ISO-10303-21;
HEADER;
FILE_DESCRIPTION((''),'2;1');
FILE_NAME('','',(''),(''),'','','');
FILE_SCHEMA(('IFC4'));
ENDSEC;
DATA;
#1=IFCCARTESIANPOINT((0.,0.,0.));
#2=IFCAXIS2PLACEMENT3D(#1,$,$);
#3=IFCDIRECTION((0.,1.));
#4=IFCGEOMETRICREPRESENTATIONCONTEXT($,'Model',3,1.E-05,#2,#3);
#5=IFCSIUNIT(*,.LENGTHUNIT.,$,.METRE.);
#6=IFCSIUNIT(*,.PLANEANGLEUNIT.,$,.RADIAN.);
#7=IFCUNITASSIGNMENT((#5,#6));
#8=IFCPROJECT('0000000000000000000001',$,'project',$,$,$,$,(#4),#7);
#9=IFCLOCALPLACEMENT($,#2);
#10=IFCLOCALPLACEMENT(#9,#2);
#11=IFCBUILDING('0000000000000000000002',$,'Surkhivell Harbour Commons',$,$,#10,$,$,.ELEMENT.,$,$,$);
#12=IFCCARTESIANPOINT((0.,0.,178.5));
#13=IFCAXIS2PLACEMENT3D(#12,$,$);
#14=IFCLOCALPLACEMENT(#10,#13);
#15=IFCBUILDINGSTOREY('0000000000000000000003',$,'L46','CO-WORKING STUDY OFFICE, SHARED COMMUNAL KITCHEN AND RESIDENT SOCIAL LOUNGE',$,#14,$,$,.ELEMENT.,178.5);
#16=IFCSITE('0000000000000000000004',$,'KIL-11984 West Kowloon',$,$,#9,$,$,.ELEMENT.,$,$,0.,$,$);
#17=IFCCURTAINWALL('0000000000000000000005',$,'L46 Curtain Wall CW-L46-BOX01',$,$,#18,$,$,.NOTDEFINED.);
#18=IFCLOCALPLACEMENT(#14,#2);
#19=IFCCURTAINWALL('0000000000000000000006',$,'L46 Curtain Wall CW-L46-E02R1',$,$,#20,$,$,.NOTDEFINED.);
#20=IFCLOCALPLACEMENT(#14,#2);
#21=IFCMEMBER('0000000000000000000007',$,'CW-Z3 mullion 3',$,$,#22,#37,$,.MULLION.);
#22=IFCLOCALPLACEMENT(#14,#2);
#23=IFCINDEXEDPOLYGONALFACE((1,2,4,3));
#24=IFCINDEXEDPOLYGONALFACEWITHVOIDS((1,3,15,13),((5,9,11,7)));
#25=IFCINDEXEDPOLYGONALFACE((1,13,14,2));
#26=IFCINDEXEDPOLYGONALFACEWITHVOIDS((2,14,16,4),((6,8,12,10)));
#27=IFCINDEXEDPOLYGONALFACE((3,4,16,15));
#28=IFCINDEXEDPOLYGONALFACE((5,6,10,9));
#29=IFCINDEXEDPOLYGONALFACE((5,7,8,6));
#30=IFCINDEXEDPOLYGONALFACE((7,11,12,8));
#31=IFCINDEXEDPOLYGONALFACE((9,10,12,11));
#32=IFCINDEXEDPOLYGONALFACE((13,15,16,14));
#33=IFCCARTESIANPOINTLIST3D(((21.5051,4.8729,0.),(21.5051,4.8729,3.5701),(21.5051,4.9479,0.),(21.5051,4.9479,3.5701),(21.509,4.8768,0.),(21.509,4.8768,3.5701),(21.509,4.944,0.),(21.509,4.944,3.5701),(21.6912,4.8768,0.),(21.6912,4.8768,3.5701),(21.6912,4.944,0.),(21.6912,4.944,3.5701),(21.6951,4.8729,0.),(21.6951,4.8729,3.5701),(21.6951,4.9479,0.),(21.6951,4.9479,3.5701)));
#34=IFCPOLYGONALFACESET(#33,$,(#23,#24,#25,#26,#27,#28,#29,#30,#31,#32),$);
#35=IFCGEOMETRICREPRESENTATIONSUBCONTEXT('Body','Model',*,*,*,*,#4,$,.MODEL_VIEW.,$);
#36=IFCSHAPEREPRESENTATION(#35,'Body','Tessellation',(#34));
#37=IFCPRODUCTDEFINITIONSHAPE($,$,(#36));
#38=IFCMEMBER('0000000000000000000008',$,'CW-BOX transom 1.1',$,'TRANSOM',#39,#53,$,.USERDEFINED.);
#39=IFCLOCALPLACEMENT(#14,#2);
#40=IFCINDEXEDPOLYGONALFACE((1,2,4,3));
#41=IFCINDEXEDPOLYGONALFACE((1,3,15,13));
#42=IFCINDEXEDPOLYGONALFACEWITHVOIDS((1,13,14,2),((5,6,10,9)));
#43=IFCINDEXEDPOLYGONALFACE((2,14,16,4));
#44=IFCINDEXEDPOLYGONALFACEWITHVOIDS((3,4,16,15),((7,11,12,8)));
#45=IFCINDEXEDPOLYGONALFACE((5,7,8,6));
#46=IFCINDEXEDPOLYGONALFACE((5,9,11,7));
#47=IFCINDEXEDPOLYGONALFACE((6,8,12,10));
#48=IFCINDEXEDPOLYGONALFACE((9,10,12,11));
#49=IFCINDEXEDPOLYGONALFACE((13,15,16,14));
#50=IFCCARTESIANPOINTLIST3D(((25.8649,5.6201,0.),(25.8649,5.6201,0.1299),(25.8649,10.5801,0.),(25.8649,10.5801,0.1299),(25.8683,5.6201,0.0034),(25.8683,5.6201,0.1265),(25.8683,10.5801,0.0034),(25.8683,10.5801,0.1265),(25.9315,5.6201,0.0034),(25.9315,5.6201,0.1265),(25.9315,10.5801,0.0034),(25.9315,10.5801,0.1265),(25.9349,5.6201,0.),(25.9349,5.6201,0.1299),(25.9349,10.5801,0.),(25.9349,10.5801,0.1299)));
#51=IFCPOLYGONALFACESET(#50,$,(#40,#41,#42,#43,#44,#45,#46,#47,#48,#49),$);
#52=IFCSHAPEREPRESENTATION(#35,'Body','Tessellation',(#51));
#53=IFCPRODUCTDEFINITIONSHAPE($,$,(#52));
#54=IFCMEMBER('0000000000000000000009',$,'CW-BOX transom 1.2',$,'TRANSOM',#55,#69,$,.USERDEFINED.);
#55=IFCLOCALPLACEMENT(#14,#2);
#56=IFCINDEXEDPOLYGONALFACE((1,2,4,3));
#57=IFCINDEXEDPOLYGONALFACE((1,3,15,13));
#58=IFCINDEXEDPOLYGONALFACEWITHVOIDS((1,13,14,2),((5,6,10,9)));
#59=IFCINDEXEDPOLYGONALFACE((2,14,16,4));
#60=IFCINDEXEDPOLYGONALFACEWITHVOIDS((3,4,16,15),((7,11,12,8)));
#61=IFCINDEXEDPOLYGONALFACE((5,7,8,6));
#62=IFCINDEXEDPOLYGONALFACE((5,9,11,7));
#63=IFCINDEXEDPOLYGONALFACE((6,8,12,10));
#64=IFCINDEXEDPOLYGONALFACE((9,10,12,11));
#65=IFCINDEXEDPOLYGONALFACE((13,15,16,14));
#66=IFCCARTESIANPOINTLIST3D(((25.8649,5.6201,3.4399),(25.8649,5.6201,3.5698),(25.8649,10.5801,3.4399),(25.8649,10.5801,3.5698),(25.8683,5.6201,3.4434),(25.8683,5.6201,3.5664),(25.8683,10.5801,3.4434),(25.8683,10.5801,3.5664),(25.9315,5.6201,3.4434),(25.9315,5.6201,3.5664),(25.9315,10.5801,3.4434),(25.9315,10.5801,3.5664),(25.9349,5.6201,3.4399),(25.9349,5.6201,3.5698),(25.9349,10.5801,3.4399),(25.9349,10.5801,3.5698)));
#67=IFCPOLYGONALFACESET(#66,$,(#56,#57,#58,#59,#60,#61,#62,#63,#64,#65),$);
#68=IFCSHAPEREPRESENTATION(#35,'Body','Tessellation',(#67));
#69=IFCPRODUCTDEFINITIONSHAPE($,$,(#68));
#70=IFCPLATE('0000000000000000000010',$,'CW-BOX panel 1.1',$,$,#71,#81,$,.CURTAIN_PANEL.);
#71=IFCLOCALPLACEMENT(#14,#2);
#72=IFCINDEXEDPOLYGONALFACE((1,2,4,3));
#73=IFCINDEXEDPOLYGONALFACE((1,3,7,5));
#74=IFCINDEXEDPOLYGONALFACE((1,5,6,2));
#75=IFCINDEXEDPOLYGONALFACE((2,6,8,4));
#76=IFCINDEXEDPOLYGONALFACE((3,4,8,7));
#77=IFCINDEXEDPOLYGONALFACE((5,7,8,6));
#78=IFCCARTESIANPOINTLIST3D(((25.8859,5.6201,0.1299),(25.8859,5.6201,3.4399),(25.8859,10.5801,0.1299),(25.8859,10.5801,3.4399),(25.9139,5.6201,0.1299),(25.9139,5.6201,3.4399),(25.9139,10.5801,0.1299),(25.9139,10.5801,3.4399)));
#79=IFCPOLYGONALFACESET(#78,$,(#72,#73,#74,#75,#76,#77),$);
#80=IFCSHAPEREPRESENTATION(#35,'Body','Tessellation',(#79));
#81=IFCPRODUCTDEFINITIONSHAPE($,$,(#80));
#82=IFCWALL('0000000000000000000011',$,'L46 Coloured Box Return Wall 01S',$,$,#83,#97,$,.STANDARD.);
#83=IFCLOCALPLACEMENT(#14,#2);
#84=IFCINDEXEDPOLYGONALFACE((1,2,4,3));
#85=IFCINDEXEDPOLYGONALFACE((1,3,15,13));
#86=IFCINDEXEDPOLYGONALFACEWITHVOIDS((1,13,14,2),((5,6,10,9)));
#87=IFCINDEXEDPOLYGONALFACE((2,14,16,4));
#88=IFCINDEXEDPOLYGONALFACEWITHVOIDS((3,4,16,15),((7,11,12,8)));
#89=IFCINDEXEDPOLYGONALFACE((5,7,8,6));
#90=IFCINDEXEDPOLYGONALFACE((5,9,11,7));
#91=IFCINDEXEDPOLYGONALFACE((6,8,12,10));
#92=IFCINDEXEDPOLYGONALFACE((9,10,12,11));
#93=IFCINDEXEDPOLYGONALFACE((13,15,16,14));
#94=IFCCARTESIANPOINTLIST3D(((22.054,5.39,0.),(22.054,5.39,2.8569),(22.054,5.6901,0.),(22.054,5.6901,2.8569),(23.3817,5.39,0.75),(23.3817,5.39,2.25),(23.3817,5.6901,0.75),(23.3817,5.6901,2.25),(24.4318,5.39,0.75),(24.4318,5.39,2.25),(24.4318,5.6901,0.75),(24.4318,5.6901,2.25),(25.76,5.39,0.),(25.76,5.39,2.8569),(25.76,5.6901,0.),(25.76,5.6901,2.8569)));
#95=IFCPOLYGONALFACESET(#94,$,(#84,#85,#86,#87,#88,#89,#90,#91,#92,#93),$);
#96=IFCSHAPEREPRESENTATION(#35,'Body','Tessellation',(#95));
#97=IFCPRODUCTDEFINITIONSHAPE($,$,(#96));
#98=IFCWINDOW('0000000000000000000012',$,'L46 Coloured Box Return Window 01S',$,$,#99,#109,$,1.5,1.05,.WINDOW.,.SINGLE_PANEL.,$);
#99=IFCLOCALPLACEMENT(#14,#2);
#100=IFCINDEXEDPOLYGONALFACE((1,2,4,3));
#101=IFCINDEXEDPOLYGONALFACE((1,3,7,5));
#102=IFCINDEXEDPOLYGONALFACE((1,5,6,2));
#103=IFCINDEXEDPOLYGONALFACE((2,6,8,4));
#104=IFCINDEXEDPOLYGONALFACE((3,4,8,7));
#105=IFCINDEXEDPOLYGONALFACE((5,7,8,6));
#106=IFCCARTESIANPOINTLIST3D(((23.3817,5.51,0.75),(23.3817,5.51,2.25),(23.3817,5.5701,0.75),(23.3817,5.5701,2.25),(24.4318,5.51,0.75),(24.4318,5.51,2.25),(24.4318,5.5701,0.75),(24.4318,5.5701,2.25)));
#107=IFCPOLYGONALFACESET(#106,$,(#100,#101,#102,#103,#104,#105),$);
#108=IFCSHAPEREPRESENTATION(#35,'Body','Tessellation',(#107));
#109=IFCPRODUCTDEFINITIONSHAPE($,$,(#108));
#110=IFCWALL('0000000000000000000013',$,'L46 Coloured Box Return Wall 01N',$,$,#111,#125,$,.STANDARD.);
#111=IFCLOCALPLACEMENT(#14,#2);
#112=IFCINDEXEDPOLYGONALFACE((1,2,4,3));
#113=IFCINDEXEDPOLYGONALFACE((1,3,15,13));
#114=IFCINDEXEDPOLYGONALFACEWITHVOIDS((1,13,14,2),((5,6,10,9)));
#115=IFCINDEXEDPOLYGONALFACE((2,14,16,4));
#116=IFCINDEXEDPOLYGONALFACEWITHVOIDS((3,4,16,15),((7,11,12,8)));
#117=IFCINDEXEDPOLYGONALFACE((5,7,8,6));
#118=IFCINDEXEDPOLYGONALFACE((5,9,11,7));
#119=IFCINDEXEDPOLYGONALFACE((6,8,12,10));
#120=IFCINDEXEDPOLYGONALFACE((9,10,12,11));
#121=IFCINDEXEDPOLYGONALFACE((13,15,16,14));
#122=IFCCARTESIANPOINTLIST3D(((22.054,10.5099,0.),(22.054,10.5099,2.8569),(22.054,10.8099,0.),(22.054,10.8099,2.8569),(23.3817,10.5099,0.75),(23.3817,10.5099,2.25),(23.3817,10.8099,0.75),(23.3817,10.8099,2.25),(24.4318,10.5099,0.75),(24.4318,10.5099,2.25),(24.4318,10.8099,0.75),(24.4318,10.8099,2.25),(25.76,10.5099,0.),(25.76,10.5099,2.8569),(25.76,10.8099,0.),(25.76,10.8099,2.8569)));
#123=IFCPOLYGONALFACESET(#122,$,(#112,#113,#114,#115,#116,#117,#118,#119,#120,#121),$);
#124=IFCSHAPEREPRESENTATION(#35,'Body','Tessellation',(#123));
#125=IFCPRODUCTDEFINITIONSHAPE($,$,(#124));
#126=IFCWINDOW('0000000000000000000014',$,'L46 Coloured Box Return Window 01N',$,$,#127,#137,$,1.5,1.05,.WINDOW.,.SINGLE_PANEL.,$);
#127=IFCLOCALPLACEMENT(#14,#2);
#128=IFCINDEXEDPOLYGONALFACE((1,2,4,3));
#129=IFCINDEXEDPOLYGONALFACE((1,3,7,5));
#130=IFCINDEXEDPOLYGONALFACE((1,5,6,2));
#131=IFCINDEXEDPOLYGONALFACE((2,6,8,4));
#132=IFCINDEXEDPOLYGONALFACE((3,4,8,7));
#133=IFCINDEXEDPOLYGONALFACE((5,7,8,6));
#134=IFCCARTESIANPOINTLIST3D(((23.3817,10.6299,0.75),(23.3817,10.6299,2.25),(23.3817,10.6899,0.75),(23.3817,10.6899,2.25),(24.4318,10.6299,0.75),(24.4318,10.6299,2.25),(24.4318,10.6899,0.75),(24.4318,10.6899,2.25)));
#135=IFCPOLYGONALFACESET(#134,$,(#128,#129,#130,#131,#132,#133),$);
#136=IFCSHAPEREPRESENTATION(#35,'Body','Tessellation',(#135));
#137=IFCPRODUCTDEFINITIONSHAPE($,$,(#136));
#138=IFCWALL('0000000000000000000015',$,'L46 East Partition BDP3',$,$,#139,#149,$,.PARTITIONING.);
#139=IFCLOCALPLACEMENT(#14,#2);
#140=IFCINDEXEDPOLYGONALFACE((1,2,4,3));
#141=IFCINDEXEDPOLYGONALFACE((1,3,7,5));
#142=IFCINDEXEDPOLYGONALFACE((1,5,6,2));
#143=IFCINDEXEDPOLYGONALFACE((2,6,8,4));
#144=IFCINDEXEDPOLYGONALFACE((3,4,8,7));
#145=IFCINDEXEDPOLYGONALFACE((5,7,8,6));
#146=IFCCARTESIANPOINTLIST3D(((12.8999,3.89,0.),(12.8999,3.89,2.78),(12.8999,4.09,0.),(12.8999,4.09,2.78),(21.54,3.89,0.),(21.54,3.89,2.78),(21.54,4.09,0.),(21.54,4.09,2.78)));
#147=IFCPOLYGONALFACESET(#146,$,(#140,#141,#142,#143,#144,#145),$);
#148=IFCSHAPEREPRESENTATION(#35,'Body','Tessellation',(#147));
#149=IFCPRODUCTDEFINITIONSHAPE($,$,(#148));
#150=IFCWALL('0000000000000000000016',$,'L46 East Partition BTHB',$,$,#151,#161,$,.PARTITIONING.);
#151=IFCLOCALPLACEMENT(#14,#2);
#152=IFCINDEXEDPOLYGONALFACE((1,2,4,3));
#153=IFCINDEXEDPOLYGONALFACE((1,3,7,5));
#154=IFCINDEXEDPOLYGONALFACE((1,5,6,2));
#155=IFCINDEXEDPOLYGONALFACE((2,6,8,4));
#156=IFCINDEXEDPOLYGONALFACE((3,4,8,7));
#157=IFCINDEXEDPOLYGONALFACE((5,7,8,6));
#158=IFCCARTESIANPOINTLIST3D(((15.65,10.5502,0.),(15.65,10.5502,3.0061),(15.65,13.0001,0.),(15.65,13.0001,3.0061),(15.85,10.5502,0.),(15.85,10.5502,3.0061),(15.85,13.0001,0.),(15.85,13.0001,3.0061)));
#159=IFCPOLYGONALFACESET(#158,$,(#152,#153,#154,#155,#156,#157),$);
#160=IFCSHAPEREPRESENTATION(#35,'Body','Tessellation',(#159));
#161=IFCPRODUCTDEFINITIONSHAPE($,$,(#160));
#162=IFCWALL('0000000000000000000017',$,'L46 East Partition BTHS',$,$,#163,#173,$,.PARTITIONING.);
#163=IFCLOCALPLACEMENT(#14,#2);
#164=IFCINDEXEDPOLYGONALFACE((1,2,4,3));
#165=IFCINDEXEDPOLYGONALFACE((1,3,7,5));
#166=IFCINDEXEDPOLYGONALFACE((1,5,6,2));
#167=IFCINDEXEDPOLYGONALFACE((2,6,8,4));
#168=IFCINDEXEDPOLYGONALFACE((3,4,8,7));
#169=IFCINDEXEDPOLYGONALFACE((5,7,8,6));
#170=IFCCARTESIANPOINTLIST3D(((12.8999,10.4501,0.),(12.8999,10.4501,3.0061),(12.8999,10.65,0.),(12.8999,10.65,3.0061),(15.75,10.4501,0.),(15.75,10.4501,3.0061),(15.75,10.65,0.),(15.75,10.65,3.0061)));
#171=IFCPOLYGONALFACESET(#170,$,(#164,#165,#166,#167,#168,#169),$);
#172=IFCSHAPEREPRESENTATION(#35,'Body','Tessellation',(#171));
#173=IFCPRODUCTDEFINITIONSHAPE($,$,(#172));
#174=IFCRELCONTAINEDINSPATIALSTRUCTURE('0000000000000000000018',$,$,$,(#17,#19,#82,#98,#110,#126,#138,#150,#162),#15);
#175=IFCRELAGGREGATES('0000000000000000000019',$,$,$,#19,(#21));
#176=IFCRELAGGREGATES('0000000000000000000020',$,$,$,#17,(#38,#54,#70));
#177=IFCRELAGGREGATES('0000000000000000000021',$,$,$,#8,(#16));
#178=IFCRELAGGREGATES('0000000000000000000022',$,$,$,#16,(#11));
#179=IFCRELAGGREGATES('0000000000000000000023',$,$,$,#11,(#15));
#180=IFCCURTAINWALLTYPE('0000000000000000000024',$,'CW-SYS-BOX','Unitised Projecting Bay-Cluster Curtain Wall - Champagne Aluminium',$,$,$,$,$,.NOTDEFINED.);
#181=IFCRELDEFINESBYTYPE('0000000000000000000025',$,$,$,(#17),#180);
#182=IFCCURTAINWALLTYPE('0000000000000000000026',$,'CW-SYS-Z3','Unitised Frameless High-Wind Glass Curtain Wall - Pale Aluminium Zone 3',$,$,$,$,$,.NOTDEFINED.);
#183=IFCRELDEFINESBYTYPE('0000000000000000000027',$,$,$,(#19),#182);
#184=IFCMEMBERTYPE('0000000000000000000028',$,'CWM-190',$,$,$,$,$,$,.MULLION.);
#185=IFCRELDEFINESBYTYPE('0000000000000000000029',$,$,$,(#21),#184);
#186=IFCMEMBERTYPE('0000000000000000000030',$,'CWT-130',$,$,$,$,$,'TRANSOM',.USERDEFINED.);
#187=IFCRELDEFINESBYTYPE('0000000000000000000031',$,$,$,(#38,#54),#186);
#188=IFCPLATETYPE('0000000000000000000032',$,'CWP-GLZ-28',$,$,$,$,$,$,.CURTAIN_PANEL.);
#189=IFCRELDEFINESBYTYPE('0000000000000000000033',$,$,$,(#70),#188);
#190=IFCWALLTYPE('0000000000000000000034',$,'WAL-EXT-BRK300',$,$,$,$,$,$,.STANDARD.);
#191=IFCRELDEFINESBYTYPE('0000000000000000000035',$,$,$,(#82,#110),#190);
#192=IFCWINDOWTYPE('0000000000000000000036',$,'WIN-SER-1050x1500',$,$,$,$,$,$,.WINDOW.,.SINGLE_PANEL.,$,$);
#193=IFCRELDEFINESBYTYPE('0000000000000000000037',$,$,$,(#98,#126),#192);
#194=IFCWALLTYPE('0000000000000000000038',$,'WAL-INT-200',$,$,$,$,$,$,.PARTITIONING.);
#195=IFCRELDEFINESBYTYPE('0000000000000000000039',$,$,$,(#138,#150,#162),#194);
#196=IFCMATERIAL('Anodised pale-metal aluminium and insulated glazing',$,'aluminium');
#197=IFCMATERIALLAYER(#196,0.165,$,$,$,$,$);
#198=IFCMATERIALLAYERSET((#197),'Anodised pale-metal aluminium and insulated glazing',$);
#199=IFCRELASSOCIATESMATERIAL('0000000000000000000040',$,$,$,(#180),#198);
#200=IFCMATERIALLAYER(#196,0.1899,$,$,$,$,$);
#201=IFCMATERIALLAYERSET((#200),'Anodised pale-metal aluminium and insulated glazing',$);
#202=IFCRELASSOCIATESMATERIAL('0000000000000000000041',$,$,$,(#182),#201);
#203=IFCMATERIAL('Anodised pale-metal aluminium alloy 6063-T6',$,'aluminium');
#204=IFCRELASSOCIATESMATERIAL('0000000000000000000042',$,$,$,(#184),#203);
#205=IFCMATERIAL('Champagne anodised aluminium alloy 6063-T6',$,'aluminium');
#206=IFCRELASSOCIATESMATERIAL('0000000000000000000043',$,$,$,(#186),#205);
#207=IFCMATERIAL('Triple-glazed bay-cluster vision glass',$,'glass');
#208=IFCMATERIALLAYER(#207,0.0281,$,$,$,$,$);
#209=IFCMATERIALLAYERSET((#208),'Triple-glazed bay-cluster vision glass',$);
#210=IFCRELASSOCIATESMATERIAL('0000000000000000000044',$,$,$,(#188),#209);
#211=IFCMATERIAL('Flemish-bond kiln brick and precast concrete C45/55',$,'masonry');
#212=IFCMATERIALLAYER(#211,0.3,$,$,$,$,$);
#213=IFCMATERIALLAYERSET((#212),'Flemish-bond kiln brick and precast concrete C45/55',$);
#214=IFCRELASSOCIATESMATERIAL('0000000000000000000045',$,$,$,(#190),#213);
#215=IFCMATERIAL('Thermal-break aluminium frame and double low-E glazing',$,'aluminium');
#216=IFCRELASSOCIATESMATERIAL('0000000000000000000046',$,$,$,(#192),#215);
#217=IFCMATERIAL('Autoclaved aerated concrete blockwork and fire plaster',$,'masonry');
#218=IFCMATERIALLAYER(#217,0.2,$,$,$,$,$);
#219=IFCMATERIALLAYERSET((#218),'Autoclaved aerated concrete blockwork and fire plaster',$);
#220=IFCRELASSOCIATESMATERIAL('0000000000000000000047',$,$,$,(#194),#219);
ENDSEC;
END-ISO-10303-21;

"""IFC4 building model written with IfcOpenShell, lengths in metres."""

from ifc_helpers import new_model, si_unit, direction, frame, frame_2d, origin, origin_2d, place, context, subcontext, project, spatial, rectangle, hollow_rectangle, extrude, material, layer, layer_set, material_profile, profile_set, type_object, element, fill, aggregate, save


model = new_model("IFC4")

# Units and contexts
model_context = context("Model", 3, precision=1e-05, world=origin(), true_north=direction((0.0, 1.0)))
body_context = subcontext(model_context, "Body", "Model", "MODEL_VIEW")
ifc_project = project(units=[si_unit("LENGTHUNIT", "METRE"), si_unit("PLANEANGLEUNIT", "RADIAN")], contexts=[model_context])

# Site, building, storey
site_placement = place(None, origin())
site = spatial("IfcSite", under=ifc_project, at=site_placement, Name="KIL-11984 West Kowloon", CompositionType="ELEMENT", RefElevation=0.0)
building_placement = place(site_placement, origin())
building = spatial("IfcBuilding", under=site, at=building_placement, Name="Surkhivell Harbour Commons", CompositionType="ELEMENT")
storey_placement = place(building_placement, frame((0.0, 0.0, 178.5)))
storey = spatial("IfcBuildingStorey", under=building, at=storey_placement, Name="L46", Description="CO-WORKING STUDY OFFICE, SHARED COMMUNAL KITCHEN AND RESIDENT SOCIAL LOUNGE", CompositionType="ELEMENT", Elevation=178.5)

# Curtain wall
ifc_material_1 = material(Name="Anodised pale-metal aluminium and insulated glazing", Category="aluminium")
ifc_layer_1 = layer(ifc_material_1, 0.165)
ifc_layer_set_1 = layer_set([ifc_layer_1], Name="Anodised pale-metal aluminium and insulated glazing")
curtain_wall_type_1 = type_object("IfcCurtainWallType", Name="CW-SYS-BOX", Description="Unitised Projecting Bay-Cluster Curtain Wall - Champagne Aluminium", PredefinedType="NOTDEFINED", material=ifc_layer_set_1)
curtain_wall_1_placement = place(storey_placement, origin())
curtain_wall_1 = element("IfcCurtainWall", 1, at=curtain_wall_1_placement, inside=storey, type_object=curtain_wall_type_1, Name="L46 Curtain Wall CW-L46-BOX01", PredefinedType="NOTDEFINED")
ifc_material_2 = material(Name="Champagne anodised aluminium alloy 6063-T6", Category="aluminium")

# Curtain wall, member
ifc_layer_2 = layer(ifc_material_1, 0.1899)
ifc_layer_set_2 = layer_set([ifc_layer_2], Name="Anodised pale-metal aluminium and insulated glazing")
curtain_wall_type_2 = type_object("IfcCurtainWallType", Name="CW-SYS-Z3", Description="Unitised Frameless High-Wind Glass Curtain Wall - Pale Aluminium Zone 3", PredefinedType="NOTDEFINED", material=ifc_layer_set_2)
curtain_wall_2_placement = place(storey_placement, origin())
curtain_wall_2 = element("IfcCurtainWall", 2, at=curtain_wall_2_placement, inside=storey, type_object=curtain_wall_type_2, Name="L46 Curtain Wall CW-L46-E02R1", PredefinedType="NOTDEFINED")
ifc_material_3 = material(Name="Anodised pale-metal aluminium alloy 6063-T6", Category="aluminium")
ifc_material_profile_1 = material_profile(ifc_material_3, hollow_rectangle(XDim=0.075, YDim=0.1899, WallThickness=0.0039, at=origin_2d()), Name="ALU-MULL-75x190")
ifc_profile_set_1 = profile_set([ifc_material_profile_1], Name="Anodised pale-metal aluminium alloy 6063-T6")
member_type_1 = type_object("IfcMemberType", Name="CWM-190", PredefinedType="MULLION", material=ifc_profile_set_1)
member_1_placement = place(storey_placement, frame((21.6001, 4.9104, 0.0), z_axis=(0.0, 0.0, 1.0), x_axis=(0.0, 1.0, 0.0)))
member_1 = element("IfcMember", 3, at=member_1_placement, type_object=member_type_1, Name="CW-Z3 mullion 3", PredefinedType="MULLION", context=body_context, shape_type="SweptSolid", body=[
    extrude(hollow_rectangle(XDim=0.075, YDim=0.1899, WallThickness=0.0039, at=origin_2d()), origin(), (0.0, 0.0, 1.0), 3.5701),
])
aggregate(curtain_wall_2, [member_1])

# Members
ifc_material_profile_2 = material_profile(ifc_material_2, hollow_rectangle(XDim=0.0701, YDim=0.1299, WallThickness=0.0034, at=origin_2d()), Name="ALU-TRAN-70x130")
ifc_profile_set_2 = profile_set([ifc_material_profile_2], Name="Champagne anodised aluminium alloy 6063-T6")
member_type_2 = type_object("IfcMemberType", Name="CWT-130", ElementType="TRANSOM", PredefinedType="USERDEFINED", material=ifc_profile_set_2)
member_2_placement = place(storey_placement, frame((25.8999, 5.6201, 0.0649), z_axis=(0.0, 1.0, 0.0), x_axis=(-1.0, 0.0, 0.0)))
member_2 = element("IfcMember", 4, at=member_2_placement, type_object=member_type_2, Name="CW-BOX transom 1.1", ObjectType="TRANSOM", PredefinedType="USERDEFINED", context=body_context, shape_type="SweptSolid", body=[
    extrude(hollow_rectangle(XDim=0.0701, YDim=0.1299, WallThickness=0.0034, at=origin_2d()), origin(), (0.0, 0.0, 1.0), 4.96),
])
member_3_placement = place(storey_placement, frame((25.8999, 5.6201, 3.5049), z_axis=(0.0, 1.0, 0.0), x_axis=(-1.0, 0.0, 0.0)))
member_3 = element("IfcMember", 5, at=member_3_placement, type_object=member_type_2, Name="CW-BOX transom 1.2", ObjectType="TRANSOM", PredefinedType="USERDEFINED", context=body_context, shape_type="SweptSolid", body=[
    extrude(hollow_rectangle(XDim=0.0701, YDim=0.1299, WallThickness=0.0034, at=origin_2d()), origin(), (0.0, 0.0, 1.0), 4.96),
])

# Plate
ifc_material_4 = material(Name="Triple-glazed bay-cluster vision glass", Category="glass")
ifc_layer_3 = layer(ifc_material_4, 0.0281)
ifc_layer_set_3 = layer_set([ifc_layer_3], Name="Triple-glazed bay-cluster vision glass")
plate_type = type_object("IfcPlateType", Name="CWP-GLZ-28", PredefinedType="CURTAIN_PANEL", material=ifc_layer_set_3)
plate_placement = place(storey_placement, frame((25.8999, 5.6201, 0.1299), z_axis=(0.0, 0.0, 1.0), x_axis=(0.0, 1.0, 0.0)))
plate = element("IfcPlate", 6, at=plate_placement, type_object=plate_type, Name="CW-BOX panel 1.1", PredefinedType="CURTAIN_PANEL", context=body_context, shape_type="SweptSolid", body=[
    extrude(rectangle(XDim=4.96, YDim=0.0281, at=frame_2d((2.48, 0.0))), origin(), (0.0, 0.0, 1.0), 3.3101),
])
aggregate(curtain_wall_1, [member_2, member_3, plate])

# Walls, openings, windows
ifc_material_5 = material(Name="Flemish-bond kiln brick and precast concrete C45/55", Category="masonry")
ifc_layer_4 = layer(ifc_material_5, 0.3)
ifc_layer_set_4 = layer_set([ifc_layer_4], Name="Flemish-bond kiln brick and precast concrete C45/55")
wall_type_1 = type_object("IfcWallType", Name="WAL-EXT-BRK300", PredefinedType="STANDARD", material=ifc_layer_set_4)
wall_1_placement = place(storey_placement, frame((22.054, 5.54, 0.0), z_axis=(0.0, 0.0, 1.0), x_axis=(1.0, 0.0, 0.0)))
wall_1 = element("IfcWall", 7, at=wall_1_placement, inside=storey, type_object=wall_type_1, Name="L46 Coloured Box Return Wall 01S", PredefinedType="STANDARD", context=body_context, shape_type="SweptSolid", body=[
    extrude(rectangle(XDim=3.7061, YDim=0.3, at=frame_2d((1.853, 0.0))), origin(), (0.0, 0.0, 1.0), 2.8569),
])
opening_1_placement = place(wall_1_placement, frame((1.3279, 0.0, 0.75)))
opening_1 = element("IfcOpeningElement", 8, at=opening_1_placement, cuts=wall_1, PredefinedType="OPENING", context=body_context, shape_type="SweptSolid", body=[
    extrude(rectangle(XDim=1.05, YDim=1.5, at=frame_2d((0.5249, 0.75))), frame((0.0, 0.1599, 0.0), z_axis=(0.0, -1.0, 0.0), x_axis=(1.0, 0.0, 0.0)), (0.0, 0.0, 1.0), 0.3201),
])
ifc_material_6 = material(Name="Thermal-break aluminium frame and double low-E glazing", Category="aluminium")
window_type = type_object("IfcWindowType", Name="WIN-SER-1050x1500", PartitioningType="SINGLE_PANEL", PredefinedType="WINDOW", material=ifc_material_6)
window_1_placement = place(opening_1_placement, origin())
window_1 = element("IfcWindow", 9, at=window_1_placement, inside=storey, type_object=window_type, Name="L46 Coloured Box Return Window 01S", OverallHeight=1.5, OverallWidth=1.05, PartitioningType="SINGLE_PANEL", PredefinedType="WINDOW", context=body_context, shape_type="SweptSolid", body=[
    extrude(rectangle(XDim=1.05, YDim=1.5, at=frame_2d((0.5249, 0.75))), frame((0.0, 0.03, 0.0), z_axis=(0.0, -1.0, 0.0), x_axis=(1.0, 0.0, 0.0)), (0.0, 0.0, 1.0), 0.0601),
])
fill(opening_1, window_1)
wall_2_placement = place(storey_placement, frame((22.054, 10.6599, 0.0), z_axis=(0.0, 0.0, 1.0), x_axis=(1.0, 0.0, 0.0)))
wall_2 = element("IfcWall", 10, at=wall_2_placement, inside=storey, type_object=wall_type_1, Name="L46 Coloured Box Return Wall 01N", PredefinedType="STANDARD", context=body_context, shape_type="SweptSolid", body=[
    extrude(rectangle(XDim=3.7061, YDim=0.3, at=frame_2d((1.853, 0.0))), origin(), (0.0, 0.0, 1.0), 2.8569),
])
opening_2_placement = place(wall_2_placement, frame((1.3279, 0.0, 0.75)))
opening_2 = element("IfcOpeningElement", 11, at=opening_2_placement, cuts=wall_2, PredefinedType="OPENING", context=body_context, shape_type="SweptSolid", body=[
    extrude(rectangle(XDim=1.05, YDim=1.5, at=frame_2d((0.5249, 0.75))), frame((0.0, 0.1599, 0.0), z_axis=(0.0, -1.0, 0.0), x_axis=(1.0, 0.0, 0.0)), (0.0, 0.0, 1.0), 0.3201),
])
window_2_placement = place(opening_2_placement, origin())
window_2 = element("IfcWindow", 12, at=window_2_placement, inside=storey, type_object=window_type, Name="L46 Coloured Box Return Window 01N", OverallHeight=1.5, OverallWidth=1.05, PartitioningType="SINGLE_PANEL", PredefinedType="WINDOW", context=body_context, shape_type="SweptSolid", body=[
    extrude(rectangle(XDim=1.05, YDim=1.5, at=frame_2d((0.5249, 0.75))), frame((0.0, 0.03, 0.0), z_axis=(0.0, -1.0, 0.0), x_axis=(1.0, 0.0, 0.0)), (0.0, 0.0, 1.0), 0.0601),
])
fill(opening_2, window_2)

# Walls
ifc_material_7 = material(Name="Autoclaved aerated concrete blockwork and fire plaster", Category="masonry")
ifc_layer_5 = layer(ifc_material_7, 0.2)
ifc_layer_set_5 = layer_set([ifc_layer_5], Name="Autoclaved aerated concrete blockwork and fire plaster")
wall_type_2 = type_object("IfcWallType", Name="WAL-INT-200", PredefinedType="PARTITIONING", material=ifc_layer_set_5)
wall_3_placement = place(storey_placement, frame((12.8999, 3.99, 0.0), z_axis=(0.0, 0.0, 1.0), x_axis=(1.0, 0.0, 0.0)))
element("IfcWall", 13, at=wall_3_placement, inside=storey, type_object=wall_type_2, Name="L46 East Partition BDP3", PredefinedType="PARTITIONING", context=body_context, shape_type="SweptSolid", body=[
    extrude(rectangle(XDim=8.6401, YDim=0.2, at=frame_2d((4.3201, 0.0))), origin(), (0.0, 0.0, 1.0), 2.78),
])
wall_4_placement = place(storey_placement, frame((15.75, 10.55, 0.0), z_axis=(0.0, 0.0, 1.0), x_axis=(0.0, 1.0, 0.0)))
element("IfcWall", 14, at=wall_4_placement, inside=storey, type_object=wall_type_2, Name="L46 East Partition BTHB", PredefinedType="PARTITIONING", context=body_context, shape_type="SweptSolid", body=[
    extrude(rectangle(XDim=2.45, YDim=0.2, at=frame_2d((1.2251, 0.0))), origin(), (0.0, 0.0, 1.0), 3.0061),
])
wall_5_placement = place(storey_placement, frame((12.8999, 10.55, 0.0), z_axis=(0.0, 0.0, 1.0), x_axis=(1.0, 0.0, 0.0)))
element("IfcWall", 15, at=wall_5_placement, inside=storey, type_object=wall_type_2, Name="L46 East Partition BTHS", PredefinedType="PARTITIONING", context=body_context, shape_type="SweptSolid", body=[
    extrude(rectangle(XDim=2.8501, YDim=0.2, at=frame_2d((1.425, 0.0))), origin(), (0.0, 0.0, 1.0), 3.0061),
])

save(model, "model.ifc")
